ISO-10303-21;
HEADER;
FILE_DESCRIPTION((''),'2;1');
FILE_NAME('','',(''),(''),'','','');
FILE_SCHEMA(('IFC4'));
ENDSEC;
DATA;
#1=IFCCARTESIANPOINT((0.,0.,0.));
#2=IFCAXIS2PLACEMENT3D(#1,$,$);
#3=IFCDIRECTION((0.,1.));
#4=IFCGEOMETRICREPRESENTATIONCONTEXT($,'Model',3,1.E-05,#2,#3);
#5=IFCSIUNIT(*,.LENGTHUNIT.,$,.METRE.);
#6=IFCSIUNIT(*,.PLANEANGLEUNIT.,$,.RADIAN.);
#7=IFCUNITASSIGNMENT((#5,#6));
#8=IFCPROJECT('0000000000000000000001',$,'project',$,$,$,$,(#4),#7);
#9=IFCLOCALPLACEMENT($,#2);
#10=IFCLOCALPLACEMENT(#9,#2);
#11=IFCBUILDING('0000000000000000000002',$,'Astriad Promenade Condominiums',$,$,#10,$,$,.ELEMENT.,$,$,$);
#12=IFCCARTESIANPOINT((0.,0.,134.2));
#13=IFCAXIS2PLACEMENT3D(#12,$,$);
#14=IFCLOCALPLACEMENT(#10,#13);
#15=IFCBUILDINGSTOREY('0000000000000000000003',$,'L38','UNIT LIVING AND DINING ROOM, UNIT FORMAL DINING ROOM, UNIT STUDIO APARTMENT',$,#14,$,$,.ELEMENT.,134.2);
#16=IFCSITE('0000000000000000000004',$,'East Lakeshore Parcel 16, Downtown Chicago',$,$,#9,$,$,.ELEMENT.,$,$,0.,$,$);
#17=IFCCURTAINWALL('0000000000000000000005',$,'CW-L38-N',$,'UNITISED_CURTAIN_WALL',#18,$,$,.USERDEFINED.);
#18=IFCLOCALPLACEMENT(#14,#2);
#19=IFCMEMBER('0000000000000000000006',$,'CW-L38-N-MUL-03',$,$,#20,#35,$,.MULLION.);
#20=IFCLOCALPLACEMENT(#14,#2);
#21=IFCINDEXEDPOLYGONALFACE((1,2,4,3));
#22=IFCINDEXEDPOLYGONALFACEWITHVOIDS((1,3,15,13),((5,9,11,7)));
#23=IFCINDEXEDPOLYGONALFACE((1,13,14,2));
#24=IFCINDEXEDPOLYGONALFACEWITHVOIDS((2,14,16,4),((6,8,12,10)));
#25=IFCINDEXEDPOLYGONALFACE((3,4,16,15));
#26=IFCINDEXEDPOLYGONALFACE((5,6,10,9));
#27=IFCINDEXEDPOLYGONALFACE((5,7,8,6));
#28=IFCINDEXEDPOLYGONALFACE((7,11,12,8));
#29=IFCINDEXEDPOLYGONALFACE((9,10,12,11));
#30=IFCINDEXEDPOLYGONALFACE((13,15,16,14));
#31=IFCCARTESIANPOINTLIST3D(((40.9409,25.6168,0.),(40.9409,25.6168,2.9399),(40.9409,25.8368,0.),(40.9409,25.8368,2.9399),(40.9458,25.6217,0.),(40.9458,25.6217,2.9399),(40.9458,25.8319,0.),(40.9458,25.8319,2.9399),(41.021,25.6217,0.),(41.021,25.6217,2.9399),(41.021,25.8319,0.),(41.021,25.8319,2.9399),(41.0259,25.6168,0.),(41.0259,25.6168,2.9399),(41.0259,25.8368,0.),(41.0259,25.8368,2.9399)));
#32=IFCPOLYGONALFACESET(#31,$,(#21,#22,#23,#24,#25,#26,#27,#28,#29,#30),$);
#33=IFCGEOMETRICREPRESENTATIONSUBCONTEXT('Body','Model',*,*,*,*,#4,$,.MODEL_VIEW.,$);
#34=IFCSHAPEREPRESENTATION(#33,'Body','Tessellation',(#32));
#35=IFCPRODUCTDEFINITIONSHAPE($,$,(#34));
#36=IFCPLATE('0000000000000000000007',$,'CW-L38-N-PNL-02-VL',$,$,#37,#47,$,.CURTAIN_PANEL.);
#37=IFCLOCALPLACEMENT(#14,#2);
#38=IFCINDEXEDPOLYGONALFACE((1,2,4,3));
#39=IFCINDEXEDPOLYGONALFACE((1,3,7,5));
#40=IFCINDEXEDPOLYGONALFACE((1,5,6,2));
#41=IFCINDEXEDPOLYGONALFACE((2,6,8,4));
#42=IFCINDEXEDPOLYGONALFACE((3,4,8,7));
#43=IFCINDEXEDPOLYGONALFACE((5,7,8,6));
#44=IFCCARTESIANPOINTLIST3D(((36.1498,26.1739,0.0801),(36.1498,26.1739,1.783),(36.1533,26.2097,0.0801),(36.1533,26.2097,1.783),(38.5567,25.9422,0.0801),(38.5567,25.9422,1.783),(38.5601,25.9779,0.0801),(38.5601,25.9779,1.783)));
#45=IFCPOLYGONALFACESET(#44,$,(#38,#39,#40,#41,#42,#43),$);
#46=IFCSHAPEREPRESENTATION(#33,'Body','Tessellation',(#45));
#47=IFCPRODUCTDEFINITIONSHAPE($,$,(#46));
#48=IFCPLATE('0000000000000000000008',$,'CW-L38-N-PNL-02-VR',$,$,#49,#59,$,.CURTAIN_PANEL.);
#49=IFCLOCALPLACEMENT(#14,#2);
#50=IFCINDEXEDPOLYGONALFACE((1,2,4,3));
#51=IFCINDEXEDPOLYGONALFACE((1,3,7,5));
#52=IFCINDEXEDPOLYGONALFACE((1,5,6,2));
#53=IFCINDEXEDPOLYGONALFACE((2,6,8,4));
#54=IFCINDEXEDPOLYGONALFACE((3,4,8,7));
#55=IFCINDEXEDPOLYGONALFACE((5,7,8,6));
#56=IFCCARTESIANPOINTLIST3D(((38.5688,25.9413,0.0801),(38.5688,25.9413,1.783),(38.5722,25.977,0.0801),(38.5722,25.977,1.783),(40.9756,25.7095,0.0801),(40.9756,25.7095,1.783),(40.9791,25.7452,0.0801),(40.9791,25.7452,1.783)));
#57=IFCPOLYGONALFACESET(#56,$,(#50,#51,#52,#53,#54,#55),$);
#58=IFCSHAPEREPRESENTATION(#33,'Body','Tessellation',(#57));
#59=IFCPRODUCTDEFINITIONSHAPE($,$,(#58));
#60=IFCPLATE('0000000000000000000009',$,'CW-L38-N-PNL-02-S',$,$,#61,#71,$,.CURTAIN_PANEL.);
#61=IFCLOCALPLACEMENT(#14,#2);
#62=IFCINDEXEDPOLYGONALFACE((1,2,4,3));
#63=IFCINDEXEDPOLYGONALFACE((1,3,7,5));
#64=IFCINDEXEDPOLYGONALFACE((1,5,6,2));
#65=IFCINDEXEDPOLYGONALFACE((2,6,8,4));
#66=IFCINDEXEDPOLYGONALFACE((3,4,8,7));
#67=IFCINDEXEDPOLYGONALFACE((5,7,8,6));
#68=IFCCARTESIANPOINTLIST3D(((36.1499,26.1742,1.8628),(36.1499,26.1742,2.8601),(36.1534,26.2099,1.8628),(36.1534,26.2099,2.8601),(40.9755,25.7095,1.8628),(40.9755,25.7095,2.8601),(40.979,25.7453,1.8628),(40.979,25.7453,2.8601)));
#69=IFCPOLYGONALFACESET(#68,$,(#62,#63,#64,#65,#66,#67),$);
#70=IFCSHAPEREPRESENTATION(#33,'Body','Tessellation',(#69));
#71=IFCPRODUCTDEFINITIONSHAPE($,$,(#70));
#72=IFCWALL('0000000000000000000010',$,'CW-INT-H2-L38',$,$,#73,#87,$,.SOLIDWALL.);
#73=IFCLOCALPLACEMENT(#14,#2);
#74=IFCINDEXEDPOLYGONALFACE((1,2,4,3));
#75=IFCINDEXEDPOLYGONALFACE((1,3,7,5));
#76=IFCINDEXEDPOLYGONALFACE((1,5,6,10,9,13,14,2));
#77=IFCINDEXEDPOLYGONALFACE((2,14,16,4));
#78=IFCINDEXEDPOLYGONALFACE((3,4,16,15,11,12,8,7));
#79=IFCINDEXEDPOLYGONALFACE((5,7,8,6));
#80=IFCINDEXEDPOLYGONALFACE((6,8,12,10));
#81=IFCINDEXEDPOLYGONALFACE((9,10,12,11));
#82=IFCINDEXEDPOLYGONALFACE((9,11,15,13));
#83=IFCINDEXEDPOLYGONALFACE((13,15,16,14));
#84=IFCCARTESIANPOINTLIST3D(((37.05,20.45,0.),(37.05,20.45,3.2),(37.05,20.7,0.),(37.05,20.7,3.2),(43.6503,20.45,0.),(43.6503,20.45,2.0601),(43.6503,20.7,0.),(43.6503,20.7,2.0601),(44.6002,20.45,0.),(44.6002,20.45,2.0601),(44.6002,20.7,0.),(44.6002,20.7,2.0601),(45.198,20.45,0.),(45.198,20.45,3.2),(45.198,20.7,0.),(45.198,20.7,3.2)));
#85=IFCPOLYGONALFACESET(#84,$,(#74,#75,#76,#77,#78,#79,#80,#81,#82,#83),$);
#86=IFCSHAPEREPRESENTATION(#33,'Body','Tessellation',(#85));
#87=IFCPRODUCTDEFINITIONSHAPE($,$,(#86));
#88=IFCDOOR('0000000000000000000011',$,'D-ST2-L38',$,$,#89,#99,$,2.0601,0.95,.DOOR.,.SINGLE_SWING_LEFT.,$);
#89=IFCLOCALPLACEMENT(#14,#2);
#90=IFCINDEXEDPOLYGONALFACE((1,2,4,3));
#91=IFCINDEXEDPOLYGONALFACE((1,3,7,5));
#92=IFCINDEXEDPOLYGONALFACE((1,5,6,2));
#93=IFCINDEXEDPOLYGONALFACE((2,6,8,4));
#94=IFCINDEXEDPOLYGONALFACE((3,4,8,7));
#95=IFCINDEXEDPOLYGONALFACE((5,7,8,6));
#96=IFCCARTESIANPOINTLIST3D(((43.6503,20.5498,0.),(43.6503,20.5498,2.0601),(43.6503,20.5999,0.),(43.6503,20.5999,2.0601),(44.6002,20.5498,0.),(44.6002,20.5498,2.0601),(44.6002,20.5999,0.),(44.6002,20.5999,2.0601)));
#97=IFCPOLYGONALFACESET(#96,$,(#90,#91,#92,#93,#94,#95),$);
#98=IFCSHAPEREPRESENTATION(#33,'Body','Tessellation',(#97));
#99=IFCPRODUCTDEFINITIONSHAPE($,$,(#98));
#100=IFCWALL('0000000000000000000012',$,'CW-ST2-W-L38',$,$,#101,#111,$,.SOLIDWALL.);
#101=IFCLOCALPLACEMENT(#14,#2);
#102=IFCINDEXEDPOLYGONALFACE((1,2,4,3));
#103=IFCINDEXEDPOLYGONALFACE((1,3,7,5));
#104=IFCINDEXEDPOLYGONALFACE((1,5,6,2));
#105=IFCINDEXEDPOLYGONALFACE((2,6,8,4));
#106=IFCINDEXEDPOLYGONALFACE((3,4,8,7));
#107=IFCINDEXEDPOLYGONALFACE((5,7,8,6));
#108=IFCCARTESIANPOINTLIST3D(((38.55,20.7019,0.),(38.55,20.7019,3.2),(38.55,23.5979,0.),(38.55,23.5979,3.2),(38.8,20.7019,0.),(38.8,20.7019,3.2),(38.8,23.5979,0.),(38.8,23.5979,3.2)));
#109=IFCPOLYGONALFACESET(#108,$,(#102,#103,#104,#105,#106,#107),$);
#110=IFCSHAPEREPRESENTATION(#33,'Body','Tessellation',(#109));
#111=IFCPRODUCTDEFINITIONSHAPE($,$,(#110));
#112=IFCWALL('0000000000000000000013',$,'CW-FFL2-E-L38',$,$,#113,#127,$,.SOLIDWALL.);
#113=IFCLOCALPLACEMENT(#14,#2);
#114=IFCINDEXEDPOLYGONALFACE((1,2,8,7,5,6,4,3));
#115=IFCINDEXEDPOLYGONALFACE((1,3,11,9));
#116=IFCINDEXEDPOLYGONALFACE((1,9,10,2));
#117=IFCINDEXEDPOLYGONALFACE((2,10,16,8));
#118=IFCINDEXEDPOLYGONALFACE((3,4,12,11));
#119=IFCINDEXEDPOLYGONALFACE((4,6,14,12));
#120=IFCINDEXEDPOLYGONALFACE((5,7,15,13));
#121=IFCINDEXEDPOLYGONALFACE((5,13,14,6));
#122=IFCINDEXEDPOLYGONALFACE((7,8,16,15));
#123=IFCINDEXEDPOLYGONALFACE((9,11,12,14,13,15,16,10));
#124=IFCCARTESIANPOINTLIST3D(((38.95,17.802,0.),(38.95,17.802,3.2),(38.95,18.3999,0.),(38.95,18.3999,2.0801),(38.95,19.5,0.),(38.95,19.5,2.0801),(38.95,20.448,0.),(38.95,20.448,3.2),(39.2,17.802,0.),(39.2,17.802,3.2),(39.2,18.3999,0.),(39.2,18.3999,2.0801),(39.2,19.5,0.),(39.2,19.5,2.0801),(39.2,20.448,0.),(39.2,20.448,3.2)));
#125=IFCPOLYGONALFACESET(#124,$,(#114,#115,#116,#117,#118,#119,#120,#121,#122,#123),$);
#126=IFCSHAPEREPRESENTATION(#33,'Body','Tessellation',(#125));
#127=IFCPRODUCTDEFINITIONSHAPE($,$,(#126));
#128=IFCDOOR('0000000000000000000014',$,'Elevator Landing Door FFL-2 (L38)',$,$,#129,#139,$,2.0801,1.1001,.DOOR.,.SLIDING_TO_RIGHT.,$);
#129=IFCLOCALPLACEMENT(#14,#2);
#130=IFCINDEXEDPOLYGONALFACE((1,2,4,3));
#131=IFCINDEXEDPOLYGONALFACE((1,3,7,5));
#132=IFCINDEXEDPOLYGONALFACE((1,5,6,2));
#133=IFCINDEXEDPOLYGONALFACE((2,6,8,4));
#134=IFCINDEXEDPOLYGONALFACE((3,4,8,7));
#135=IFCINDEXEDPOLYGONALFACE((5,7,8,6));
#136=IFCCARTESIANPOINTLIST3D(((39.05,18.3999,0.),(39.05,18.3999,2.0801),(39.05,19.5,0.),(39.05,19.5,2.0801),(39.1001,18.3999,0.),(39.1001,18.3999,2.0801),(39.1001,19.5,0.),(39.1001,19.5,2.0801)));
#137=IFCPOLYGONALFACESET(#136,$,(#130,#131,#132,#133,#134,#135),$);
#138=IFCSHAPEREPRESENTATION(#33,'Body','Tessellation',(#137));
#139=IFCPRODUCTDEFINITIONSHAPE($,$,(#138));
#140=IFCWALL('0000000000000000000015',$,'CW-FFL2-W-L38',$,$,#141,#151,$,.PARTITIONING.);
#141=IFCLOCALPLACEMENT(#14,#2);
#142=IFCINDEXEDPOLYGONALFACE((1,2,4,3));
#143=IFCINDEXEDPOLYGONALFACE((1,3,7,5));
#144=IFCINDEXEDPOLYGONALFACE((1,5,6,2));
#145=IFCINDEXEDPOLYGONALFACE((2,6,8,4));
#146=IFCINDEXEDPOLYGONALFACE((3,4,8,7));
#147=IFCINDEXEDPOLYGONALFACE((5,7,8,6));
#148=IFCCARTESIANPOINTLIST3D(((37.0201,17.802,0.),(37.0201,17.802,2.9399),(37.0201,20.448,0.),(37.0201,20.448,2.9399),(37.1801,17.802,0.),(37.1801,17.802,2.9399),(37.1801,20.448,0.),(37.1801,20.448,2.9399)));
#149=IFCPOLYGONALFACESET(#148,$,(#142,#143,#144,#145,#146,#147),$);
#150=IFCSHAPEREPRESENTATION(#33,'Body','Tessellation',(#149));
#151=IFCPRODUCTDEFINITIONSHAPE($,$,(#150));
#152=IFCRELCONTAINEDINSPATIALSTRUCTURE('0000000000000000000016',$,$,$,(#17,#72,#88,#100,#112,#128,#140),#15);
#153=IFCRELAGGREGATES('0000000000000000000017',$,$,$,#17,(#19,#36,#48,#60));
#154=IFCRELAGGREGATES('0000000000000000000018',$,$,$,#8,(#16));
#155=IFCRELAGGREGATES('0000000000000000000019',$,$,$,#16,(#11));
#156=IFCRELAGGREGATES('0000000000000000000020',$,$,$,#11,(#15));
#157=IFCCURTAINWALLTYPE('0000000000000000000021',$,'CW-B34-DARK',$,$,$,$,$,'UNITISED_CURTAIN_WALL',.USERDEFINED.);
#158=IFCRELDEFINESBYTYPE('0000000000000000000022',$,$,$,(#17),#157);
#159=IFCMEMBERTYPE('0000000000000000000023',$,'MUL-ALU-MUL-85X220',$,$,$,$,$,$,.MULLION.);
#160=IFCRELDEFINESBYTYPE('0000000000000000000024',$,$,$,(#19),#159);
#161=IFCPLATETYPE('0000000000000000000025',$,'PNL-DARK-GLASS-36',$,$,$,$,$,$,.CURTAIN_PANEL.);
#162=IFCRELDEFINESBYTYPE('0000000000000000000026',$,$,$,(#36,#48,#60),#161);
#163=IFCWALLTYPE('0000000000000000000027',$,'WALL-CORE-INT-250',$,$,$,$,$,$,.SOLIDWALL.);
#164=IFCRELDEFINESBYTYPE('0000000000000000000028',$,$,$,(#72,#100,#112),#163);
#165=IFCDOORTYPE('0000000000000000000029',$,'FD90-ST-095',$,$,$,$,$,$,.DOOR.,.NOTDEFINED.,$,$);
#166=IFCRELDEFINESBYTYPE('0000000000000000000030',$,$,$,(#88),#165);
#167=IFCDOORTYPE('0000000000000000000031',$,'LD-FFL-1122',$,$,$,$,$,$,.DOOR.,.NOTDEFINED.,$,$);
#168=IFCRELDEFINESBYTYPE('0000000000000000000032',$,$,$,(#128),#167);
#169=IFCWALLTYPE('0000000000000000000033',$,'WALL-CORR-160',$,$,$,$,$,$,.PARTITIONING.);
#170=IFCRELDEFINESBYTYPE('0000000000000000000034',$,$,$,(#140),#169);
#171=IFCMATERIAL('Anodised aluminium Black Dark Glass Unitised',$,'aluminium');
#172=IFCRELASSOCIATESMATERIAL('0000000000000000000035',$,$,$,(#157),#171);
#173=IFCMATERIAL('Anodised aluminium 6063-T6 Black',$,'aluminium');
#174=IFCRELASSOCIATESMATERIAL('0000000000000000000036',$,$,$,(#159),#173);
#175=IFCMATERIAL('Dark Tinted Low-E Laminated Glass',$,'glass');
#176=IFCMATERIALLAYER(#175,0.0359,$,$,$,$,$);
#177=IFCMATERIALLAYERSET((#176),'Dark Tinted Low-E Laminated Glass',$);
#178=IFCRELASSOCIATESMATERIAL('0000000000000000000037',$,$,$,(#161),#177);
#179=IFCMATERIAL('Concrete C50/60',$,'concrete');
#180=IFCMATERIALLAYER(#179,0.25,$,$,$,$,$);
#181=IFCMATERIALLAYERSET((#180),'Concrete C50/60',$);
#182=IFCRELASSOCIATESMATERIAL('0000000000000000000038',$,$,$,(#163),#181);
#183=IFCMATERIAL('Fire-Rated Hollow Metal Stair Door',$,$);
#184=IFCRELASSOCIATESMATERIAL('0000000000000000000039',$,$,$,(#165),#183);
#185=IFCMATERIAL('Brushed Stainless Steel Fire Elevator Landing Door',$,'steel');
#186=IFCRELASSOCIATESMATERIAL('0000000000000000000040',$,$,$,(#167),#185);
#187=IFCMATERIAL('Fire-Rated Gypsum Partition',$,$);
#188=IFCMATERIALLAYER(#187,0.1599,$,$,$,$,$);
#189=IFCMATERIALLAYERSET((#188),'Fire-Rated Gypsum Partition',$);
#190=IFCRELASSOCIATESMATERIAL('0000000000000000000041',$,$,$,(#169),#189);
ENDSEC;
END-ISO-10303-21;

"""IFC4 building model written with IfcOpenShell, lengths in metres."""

from ifc_helpers import new_model, si_unit, direction, frame, frame_2d, origin, origin_2d, place, context, subcontext, project, spatial, rectangle, hollow_rectangle, extrude, source, transform, mapped, material, layer, layer_set, material_profile, profile_set, type_object, type_shapes, element, fill, aggregate, save


model = new_model("IFC4")

# Units and contexts
model_context = context("Model", 3, precision=1e-05, world=origin(), true_north=direction((0.0, 1.0)))
body_context = subcontext(model_context, "Body", "Model", "MODEL_VIEW")
ifc_project = project(units=[si_unit("LENGTHUNIT", "METRE"), si_unit("PLANEANGLEUNIT", "RADIAN")], contexts=[model_context])

# Site, building, storey
site_placement = place(None, origin())
site = spatial("IfcSite", under=ifc_project, at=site_placement, Name="East Lakeshore Parcel 16, Downtown Chicago", CompositionType="ELEMENT", RefElevation=0.0)
building_placement = place(site_placement, origin())
building = spatial("IfcBuilding", under=site, at=building_placement, Name="Astriad Promenade Condominiums", CompositionType="ELEMENT")
storey_placement = place(building_placement, frame((0.0, 0.0, 134.2)))
storey = spatial("IfcBuildingStorey", under=building, at=storey_placement, Name="L38", Description="UNIT LIVING AND DINING ROOM, UNIT FORMAL DINING ROOM, UNIT STUDIO APARTMENT", CompositionType="ELEMENT", Elevation=134.2)

# Curtain wall, member, plates
ifc_material_1 = material(Name="Anodised aluminium Black Dark Glass Unitised", Category="aluminium")
curtain_wall_type = type_object("IfcCurtainWallType", Name="CW-B34-DARK", ElementType="UNITISED_CURTAIN_WALL", PredefinedType="USERDEFINED", material=ifc_material_1)
curtain_wall_placement = place(storey_placement, origin())
curtain_wall = element("IfcCurtainWall", 1, at=curtain_wall_placement, inside=storey, type_object=curtain_wall_type, Name="CW-L38-N", ObjectType="UNITISED_CURTAIN_WALL", PredefinedType="USERDEFINED")
ifc_material_2 = material(Name="Anodised aluminium 6063-T6 Black", Category="aluminium")
ifc_material_profile_1 = material_profile(ifc_material_2, hollow_rectangle(XDim=0.085, YDim=0.22, WallThickness=0.0049, at=origin_2d()), Name="ALU-MUL-85X220")
ifc_profile_set_1 = profile_set([ifc_material_profile_1], Name="Anodised aluminium 6063-T6 Black")
member_type = type_object("IfcMemberType", Name="MUL-ALU-MUL-85X220", PredefinedType="MULLION", material=ifc_profile_set_1)
shared_shape_1 = source(origin(), body_context, "Body", "SweptSolid", [
    extrude(hollow_rectangle(XDim=0.085, YDim=0.22, WallThickness=0.0049, at=origin_2d()), origin(), (0.0, 0.0, 1.0), 2.9399),
])
type_shapes(member_type, [shared_shape_1])
member_placement = place(storey_placement, frame((40.9834, 25.7268, 0.0), z_axis=(0.0, 0.0, 1.0), x_axis=(1.0, 0.0, 0.0)))
member = element("IfcMember", 2, at=member_placement, type_object=member_type, Name="CW-L38-N-MUL-03", PredefinedType="MULLION", context=body_context, shape_type="MappedRepresentation", body=[
    mapped(shared_shape_1, transform((0.0, 0.0, 0.0), scale=1.0)),
])
ifc_material_3 = material(Name="Dark Tinted Low-E Laminated Glass", Category="glass")
ifc_layer_1 = layer(ifc_material_3, 0.0359)
ifc_layer_set_1 = layer_set([ifc_layer_1], Name="Dark Tinted Low-E Laminated Glass")
plate_type = type_object("IfcPlateType", Name="PNL-DARK-GLASS-36", PredefinedType="CURTAIN_PANEL", material=ifc_layer_set_1)
shared_shape_2 = source(origin(), body_context, "Body", "SweptSolid", [
    extrude(rectangle(XDim=2.418, YDim=0.0359, at=origin_2d()), origin(), (0.0, 0.0, 1.0), 1.7029),
])
plate_1_placement = place(storey_placement, frame((37.355, 26.0759, 0.0801), z_axis=(0.0, 0.0, 1.0), x_axis=(0.995396, -0.095846, 0.0)))
plate_1 = element("IfcPlate", 3, at=plate_1_placement, type_object=plate_type, Name="CW-L38-N-PNL-02-VL", PredefinedType="CURTAIN_PANEL", context=body_context, shape_type="MappedRepresentation", body=[
    mapped(shared_shape_2, transform((0.0, 0.0, 0.0), scale=1.0)),
])
plate_2_placement = place(storey_placement, frame((39.7739, 25.8433, 0.0801), z_axis=(0.0, 0.0, 1.0), x_axis=(0.995396, -0.095846, 0.0)))
plate_2 = element("IfcPlate", 4, at=plate_2_placement, type_object=plate_type, Name="CW-L38-N-PNL-02-VR", PredefinedType="CURTAIN_PANEL", context=body_context, shape_type="MappedRepresentation", body=[
    mapped(shared_shape_2, transform((0.0, 0.0, 0.0), scale=1.0)),
])
shared_shape_3 = source(origin(), body_context, "Body", "SweptSolid", [
    extrude(rectangle(XDim=4.8479, YDim=0.0359, at=origin_2d()), origin(), (0.0, 0.0, 1.0), 0.9973),
])
type_shapes(plate_type, [shared_shape_2, shared_shape_3])
plate_3_placement = place(storey_placement, frame((38.5645, 25.9597, 1.8628), z_axis=(0.0, 0.0, 1.0), x_axis=(0.995396, -0.095846, 0.0)))
plate_3 = element("IfcPlate", 5, at=plate_3_placement, type_object=plate_type, Name="CW-L38-N-PNL-02-S", PredefinedType="CURTAIN_PANEL", context=body_context, shape_type="MappedRepresentation", body=[
    mapped(shared_shape_3, transform((0.0, 0.0, 0.0), scale=1.0)),
])
aggregate(curtain_wall, [member, plate_1, plate_2, plate_3])

# Wall, opening, door
ifc_material_4 = material(Name="Concrete C50/60", Category="concrete")
ifc_layer_2 = layer(ifc_material_4, 0.25)
ifc_layer_set_2 = layer_set([ifc_layer_2], Name="Concrete C50/60")
wall_type_1 = type_object("IfcWallType", Name="WALL-CORE-INT-250", PredefinedType="SOLIDWALL", material=ifc_layer_set_2)
wall_1_placement = place(storey_placement, frame((37.05, 20.575, 0.0), z_axis=(0.0, 0.0, 1.0), x_axis=(1.0, 0.0, 0.0)))
wall_1 = element("IfcWall", 6, at=wall_1_placement, inside=storey, type_object=wall_type_1, Name="CW-INT-H2-L38", PredefinedType="SOLIDWALL", context=body_context, shape_type="SweptSolid", body=[
    extrude(rectangle(XDim=8.1479, YDim=0.25, at=frame_2d((4.074, 0.0))), origin(), (0.0, 0.0, 1.0), 3.2),
])
opening_1_placement = place(wall_1_placement, frame((6.6001, 0.0, 0.0)))
opening_1 = element("IfcOpeningElement", 7, at=opening_1_placement, cuts=wall_1, PredefinedType="OPENING", context=body_context, shape_type="SweptSolid", body=[
    extrude(rectangle(XDim=0.95, YDim=2.0601, at=frame_2d((0.4751, 1.03))), frame((0.0, 0.135, 0.0), z_axis=(0.0, -1.0, 0.0), x_axis=(1.0, 0.0, 0.0)), (0.0, 0.0, 1.0), 0.27),
])
ifc_material_5 = material(Name="Fire-Rated Hollow Metal Stair Door")
door_type_1 = type_object("IfcDoorType", Name="FD90-ST-095", OperationType="NOTDEFINED", PredefinedType="DOOR", material=ifc_material_5)
shared_shape_4 = source(origin(), body_context, "Body", "SweptSolid", [
    extrude(rectangle(XDim=0.95, YDim=2.0601, at=frame_2d((0.4751, 1.03))), frame((0.0, 0.0249, 0.0), z_axis=(0.0, -1.0, 0.0), x_axis=(1.0, 0.0, 0.0)), (0.0, 0.0, 1.0), 0.05),
])
type_shapes(door_type_1, [shared_shape_4])
door_1_placement = place(opening_1_placement, origin())
door_1 = element("IfcDoor", 8, at=door_1_placement, inside=storey, type_object=door_type_1, Name="D-ST2-L38", OperationType="SINGLE_SWING_LEFT", OverallHeight=2.0601, OverallWidth=0.95, PredefinedType="DOOR", context=body_context, shape_type="MappedRepresentation", body=[
    mapped(shared_shape_4, transform((0.0, 0.0, 0.0), scale=1.0)),
])
fill(opening_1, door_1)

# Wall
wall_2_placement = place(storey_placement, frame((38.675, 20.7019, 0.0), z_axis=(0.0, 0.0, 1.0), x_axis=(0.0, 1.0, 0.0)))
element("IfcWall", 9, at=wall_2_placement, inside=storey, type_object=wall_type_1, Name="CW-ST2-W-L38", PredefinedType="SOLIDWALL", context=body_context, shape_type="SweptSolid", body=[
    extrude(rectangle(XDim=2.896, YDim=0.25, at=frame_2d((1.448, 0.0))), origin(), (0.0, 0.0, 1.0), 3.2),
])

# Wall, opening, door
wall_3_placement = place(storey_placement, frame((39.075, 17.802, 0.0), z_axis=(0.0, 0.0, 1.0), x_axis=(0.0, 1.0, 0.0)))
wall_3 = element("IfcWall", 10, at=wall_3_placement, inside=storey, type_object=wall_type_1, Name="CW-FFL2-E-L38", PredefinedType="SOLIDWALL", context=body_context, shape_type="SweptSolid", body=[
    extrude(rectangle(XDim=2.646, YDim=0.25, at=frame_2d((1.323, 0.0))), origin(), (0.0, 0.0, 1.0), 3.2),
])
opening_2_placement = place(wall_3_placement, frame((0.5979, 0.0, 0.0)))
opening_2 = element("IfcOpeningElement", 11, at=opening_2_placement, cuts=wall_3, PredefinedType="OPENING", context=body_context, shape_type="SweptSolid", body=[
    extrude(rectangle(XDim=1.1001, YDim=2.0801, at=frame_2d((0.55, 1.04))), frame((0.0, 0.135, 0.0), z_axis=(0.0, -1.0, 0.0), x_axis=(1.0, 0.0, 0.0)), (0.0, 0.0, 1.0), 0.27),
])
ifc_material_6 = material(Name="Brushed Stainless Steel Fire Elevator Landing Door", Category="steel")
door_type_2 = type_object("IfcDoorType", Name="LD-FFL-1122", OperationType="NOTDEFINED", PredefinedType="DOOR", material=ifc_material_6)
shared_shape_5 = source(origin(), body_context, "Body", "SweptSolid", [
    extrude(rectangle(XDim=1.1001, YDim=2.0801, at=frame_2d((0.55, 1.04))), frame((0.0, 0.0249, 0.0), z_axis=(0.0, -1.0, 0.0), x_axis=(1.0, 0.0, 0.0)), (0.0, 0.0, 1.0), 0.05),
])
type_shapes(door_type_2, [shared_shape_5])
door_2_placement = place(opening_2_placement, origin())
door_2 = element("IfcDoor", 12, at=door_2_placement, inside=storey, type_object=door_type_2, Name="Elevator Landing Door FFL-2 (L38)", OperationType="SLIDING_TO_RIGHT", OverallHeight=2.0801, OverallWidth=1.1001, PredefinedType="DOOR", context=body_context, shape_type="MappedRepresentation", body=[
    mapped(shared_shape_5, transform((0.0, 0.0, 0.0), scale=1.0)),
])
fill(opening_2, door_2)

# Wall
ifc_material_7 = material(Name="Fire-Rated Gypsum Partition")
ifc_layer_3 = layer(ifc_material_7, 0.1599)
ifc_layer_set_3 = layer_set([ifc_layer_3], Name="Fire-Rated Gypsum Partition")
wall_type_2 = type_object("IfcWallType", Name="WALL-CORR-160", PredefinedType="PARTITIONING", material=ifc_layer_set_3)
wall_4_placement = place(storey_placement, frame((37.1001, 17.802, 0.0), z_axis=(0.0, 0.0, 1.0), x_axis=(0.0, 1.0, 0.0)))
element("IfcWall", 13, at=wall_4_placement, inside=storey, type_object=wall_type_2, Name="CW-FFL2-W-L38", PredefinedType="PARTITIONING", context=body_context, shape_type="SweptSolid", body=[
    extrude(rectangle(XDim=2.646, YDim=0.1599, at=frame_2d((1.323, 0.0))), origin(), (0.0, 0.0, 1.0), 2.9399),
])

save(model, "model.ifc")
